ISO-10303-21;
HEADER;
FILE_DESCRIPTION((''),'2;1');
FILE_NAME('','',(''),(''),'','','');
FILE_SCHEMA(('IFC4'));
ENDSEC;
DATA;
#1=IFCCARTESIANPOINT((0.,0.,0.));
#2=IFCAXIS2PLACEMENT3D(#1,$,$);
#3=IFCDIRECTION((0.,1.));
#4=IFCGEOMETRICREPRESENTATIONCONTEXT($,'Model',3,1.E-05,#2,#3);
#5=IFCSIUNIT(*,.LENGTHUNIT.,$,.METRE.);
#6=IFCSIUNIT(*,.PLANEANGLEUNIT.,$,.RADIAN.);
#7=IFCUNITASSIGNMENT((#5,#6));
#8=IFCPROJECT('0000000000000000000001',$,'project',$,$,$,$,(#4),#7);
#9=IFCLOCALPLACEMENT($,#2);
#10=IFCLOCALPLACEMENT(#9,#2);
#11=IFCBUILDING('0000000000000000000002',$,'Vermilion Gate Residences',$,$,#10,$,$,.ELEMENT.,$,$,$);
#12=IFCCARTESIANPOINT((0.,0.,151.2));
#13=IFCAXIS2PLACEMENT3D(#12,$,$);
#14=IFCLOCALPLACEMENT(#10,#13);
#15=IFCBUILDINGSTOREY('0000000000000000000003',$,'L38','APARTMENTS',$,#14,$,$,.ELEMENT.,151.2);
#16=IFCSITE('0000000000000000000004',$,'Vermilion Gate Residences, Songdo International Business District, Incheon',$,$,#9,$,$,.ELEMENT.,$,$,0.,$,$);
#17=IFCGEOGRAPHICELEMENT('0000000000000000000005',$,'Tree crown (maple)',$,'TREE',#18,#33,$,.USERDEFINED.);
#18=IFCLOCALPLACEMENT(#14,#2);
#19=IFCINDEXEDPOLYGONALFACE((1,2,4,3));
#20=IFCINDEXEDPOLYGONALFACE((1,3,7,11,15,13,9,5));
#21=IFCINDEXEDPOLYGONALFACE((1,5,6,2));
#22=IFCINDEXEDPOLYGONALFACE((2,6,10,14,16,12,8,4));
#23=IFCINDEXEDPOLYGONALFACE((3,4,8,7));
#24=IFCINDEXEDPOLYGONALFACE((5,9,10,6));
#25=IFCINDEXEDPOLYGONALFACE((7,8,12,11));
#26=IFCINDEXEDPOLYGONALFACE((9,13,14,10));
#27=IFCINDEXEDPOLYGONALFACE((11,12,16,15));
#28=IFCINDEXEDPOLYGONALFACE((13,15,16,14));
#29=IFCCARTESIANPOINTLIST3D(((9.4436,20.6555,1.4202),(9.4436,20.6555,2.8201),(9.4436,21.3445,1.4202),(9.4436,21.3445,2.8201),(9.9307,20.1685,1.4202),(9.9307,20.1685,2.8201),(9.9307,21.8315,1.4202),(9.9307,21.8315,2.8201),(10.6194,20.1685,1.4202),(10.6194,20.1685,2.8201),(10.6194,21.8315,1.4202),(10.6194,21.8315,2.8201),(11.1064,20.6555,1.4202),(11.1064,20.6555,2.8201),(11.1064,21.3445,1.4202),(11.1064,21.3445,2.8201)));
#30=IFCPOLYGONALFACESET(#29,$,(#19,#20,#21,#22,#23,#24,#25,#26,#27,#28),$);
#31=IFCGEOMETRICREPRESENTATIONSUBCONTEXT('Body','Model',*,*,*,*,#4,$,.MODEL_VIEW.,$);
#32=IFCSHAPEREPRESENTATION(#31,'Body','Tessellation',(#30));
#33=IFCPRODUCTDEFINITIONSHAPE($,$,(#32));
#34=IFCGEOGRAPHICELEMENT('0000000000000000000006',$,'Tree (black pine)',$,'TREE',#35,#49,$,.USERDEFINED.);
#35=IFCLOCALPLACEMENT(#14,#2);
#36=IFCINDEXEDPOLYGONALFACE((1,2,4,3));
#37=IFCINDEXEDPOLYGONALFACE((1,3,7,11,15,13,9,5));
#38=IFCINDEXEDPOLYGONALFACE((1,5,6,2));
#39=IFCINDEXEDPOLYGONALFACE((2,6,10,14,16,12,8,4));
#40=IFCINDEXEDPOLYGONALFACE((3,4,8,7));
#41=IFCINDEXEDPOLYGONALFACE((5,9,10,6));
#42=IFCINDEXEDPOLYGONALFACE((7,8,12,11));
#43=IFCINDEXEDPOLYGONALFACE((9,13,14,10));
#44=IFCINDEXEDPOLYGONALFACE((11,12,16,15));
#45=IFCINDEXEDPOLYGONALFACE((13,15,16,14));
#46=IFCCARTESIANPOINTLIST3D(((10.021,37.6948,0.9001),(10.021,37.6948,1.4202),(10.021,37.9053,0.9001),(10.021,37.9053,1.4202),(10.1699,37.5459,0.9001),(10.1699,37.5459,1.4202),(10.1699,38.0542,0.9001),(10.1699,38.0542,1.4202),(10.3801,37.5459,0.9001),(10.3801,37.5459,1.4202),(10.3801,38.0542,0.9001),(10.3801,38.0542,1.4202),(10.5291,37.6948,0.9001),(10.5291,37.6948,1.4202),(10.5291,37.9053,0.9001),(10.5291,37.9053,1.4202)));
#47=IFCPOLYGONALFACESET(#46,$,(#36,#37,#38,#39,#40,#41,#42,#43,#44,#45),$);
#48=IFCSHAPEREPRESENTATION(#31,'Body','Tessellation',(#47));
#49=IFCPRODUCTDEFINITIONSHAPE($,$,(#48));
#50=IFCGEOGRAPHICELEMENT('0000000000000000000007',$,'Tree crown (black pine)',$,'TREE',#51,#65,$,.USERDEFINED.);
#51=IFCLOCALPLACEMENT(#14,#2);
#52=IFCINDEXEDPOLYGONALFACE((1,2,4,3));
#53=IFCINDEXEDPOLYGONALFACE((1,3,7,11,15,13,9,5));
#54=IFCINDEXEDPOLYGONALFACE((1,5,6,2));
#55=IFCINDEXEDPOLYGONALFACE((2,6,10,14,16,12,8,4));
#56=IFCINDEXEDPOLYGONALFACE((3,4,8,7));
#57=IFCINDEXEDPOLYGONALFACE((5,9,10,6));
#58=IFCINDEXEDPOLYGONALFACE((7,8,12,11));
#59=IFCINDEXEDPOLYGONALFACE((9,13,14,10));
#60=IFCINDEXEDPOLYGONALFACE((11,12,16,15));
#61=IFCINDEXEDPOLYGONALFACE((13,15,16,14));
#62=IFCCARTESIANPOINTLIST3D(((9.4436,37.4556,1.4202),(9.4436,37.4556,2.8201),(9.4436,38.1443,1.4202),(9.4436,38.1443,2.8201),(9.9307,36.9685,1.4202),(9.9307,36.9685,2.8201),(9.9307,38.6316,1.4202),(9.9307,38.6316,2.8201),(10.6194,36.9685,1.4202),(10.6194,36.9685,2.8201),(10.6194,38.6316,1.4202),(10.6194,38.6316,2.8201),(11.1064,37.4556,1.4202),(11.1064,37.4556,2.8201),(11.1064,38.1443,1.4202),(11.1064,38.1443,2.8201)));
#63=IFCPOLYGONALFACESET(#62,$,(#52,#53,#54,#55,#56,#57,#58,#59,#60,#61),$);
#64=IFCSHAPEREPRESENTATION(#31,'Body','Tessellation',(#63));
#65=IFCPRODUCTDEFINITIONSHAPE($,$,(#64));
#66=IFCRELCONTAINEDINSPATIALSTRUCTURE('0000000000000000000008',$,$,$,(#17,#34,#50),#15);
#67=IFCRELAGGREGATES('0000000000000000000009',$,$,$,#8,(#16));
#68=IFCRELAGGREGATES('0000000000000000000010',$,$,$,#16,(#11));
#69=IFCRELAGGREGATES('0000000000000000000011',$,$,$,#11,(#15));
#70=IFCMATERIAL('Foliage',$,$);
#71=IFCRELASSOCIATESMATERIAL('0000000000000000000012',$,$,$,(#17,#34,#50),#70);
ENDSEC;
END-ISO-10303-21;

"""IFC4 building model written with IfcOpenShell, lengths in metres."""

from ifc_helpers import new_model, si_unit, direction, frame, origin, place, context, subcontext, project, spatial, polyline, outline, extrude, material, element, save


model = new_model("IFC4")

# Units and contexts
model_context = context("Model", 3, precision=1e-05, world=origin(), true_north=direction((0.0, 1.0)))
body_context = subcontext(model_context, "Body", "Model", "MODEL_VIEW")
ifc_project = project(units=[si_unit("LENGTHUNIT", "METRE"), si_unit("PLANEANGLEUNIT", "RADIAN")], contexts=[model_context])

# Site, building, storey
site_placement = place(None, origin())
site = spatial("IfcSite", under=ifc_project, at=site_placement, Name="Vermilion Gate Residences, Songdo International Business District, Incheon", CompositionType="ELEMENT", RefElevation=0.0)
building_placement = place(site_placement, origin())
building = spatial("IfcBuilding", under=site, at=building_placement, Name="Vermilion Gate Residences", CompositionType="ELEMENT")
storey_placement = place(building_placement, frame((0.0, 0.0, 151.2)))
storey = spatial("IfcBuildingStorey", under=building, at=storey_placement, Name="L38", Description="APARTMENTS", CompositionType="ELEMENT", Elevation=151.2)

# Geographic elements
ifc_material_1 = material(Name="Foliage")
geographic_element_1_placement = place(storey_placement, frame((0.0, 0.0, 1.4202)))
element("IfcGeographicElement", 1, at=geographic_element_1_placement, inside=storey, material=ifc_material_1, Name="Tree crown (maple)", ObjectType="TREE", PredefinedType="USERDEFINED", context=body_context, shape_type="SweptSolid", body=[
    extrude(outline(polyline([(11.1064, 21.3445), (10.6194, 21.8315), (9.9307, 21.8315), (9.4436, 21.3445), (9.4436, 20.6555), (9.9307, 20.1685), (10.6194, 20.1685), (11.1064, 20.6555), (11.1064, 21.3445)])), origin(), (0.0, 0.0, 1.0), 1.3999),
])
geographic_element_2_placement = place(storey_placement, frame((0.0, 0.0, 0.9001)))
element("IfcGeographicElement", 2, at=geographic_element_2_placement, inside=storey, material=ifc_material_1, Name="Tree (black pine)", ObjectType="TREE", PredefinedType="USERDEFINED", context=body_context, shape_type="SweptSolid", body=[
    extrude(outline(polyline([(10.5291, 37.9053), (10.3801, 38.0542), (10.1699, 38.0542), (10.021, 37.9053), (10.021, 37.6948), (10.1699, 37.5459), (10.3801, 37.5459), (10.5291, 37.6948), (10.5291, 37.9053)])), origin(), (0.0, 0.0, 1.0), 0.52),
])
geographic_element_3_placement = place(storey_placement, frame((0.0, 0.0, 1.4202)))
element("IfcGeographicElement", 3, at=geographic_element_3_placement, inside=storey, material=ifc_material_1, Name="Tree crown (black pine)", ObjectType="TREE", PredefinedType="USERDEFINED", context=body_context, shape_type="SweptSolid", body=[
    extrude(outline(polyline([(11.1064, 38.1443), (10.6194, 38.6316), (9.9307, 38.6316), (9.4436, 38.1443), (9.4436, 37.4556), (9.9307, 36.9685), (10.6194, 36.9685), (11.1064, 37.4556), (11.1064, 38.1443)])), origin(), (0.0, 0.0, 1.0), 1.3999),
])

save(model, "model.ifc")
